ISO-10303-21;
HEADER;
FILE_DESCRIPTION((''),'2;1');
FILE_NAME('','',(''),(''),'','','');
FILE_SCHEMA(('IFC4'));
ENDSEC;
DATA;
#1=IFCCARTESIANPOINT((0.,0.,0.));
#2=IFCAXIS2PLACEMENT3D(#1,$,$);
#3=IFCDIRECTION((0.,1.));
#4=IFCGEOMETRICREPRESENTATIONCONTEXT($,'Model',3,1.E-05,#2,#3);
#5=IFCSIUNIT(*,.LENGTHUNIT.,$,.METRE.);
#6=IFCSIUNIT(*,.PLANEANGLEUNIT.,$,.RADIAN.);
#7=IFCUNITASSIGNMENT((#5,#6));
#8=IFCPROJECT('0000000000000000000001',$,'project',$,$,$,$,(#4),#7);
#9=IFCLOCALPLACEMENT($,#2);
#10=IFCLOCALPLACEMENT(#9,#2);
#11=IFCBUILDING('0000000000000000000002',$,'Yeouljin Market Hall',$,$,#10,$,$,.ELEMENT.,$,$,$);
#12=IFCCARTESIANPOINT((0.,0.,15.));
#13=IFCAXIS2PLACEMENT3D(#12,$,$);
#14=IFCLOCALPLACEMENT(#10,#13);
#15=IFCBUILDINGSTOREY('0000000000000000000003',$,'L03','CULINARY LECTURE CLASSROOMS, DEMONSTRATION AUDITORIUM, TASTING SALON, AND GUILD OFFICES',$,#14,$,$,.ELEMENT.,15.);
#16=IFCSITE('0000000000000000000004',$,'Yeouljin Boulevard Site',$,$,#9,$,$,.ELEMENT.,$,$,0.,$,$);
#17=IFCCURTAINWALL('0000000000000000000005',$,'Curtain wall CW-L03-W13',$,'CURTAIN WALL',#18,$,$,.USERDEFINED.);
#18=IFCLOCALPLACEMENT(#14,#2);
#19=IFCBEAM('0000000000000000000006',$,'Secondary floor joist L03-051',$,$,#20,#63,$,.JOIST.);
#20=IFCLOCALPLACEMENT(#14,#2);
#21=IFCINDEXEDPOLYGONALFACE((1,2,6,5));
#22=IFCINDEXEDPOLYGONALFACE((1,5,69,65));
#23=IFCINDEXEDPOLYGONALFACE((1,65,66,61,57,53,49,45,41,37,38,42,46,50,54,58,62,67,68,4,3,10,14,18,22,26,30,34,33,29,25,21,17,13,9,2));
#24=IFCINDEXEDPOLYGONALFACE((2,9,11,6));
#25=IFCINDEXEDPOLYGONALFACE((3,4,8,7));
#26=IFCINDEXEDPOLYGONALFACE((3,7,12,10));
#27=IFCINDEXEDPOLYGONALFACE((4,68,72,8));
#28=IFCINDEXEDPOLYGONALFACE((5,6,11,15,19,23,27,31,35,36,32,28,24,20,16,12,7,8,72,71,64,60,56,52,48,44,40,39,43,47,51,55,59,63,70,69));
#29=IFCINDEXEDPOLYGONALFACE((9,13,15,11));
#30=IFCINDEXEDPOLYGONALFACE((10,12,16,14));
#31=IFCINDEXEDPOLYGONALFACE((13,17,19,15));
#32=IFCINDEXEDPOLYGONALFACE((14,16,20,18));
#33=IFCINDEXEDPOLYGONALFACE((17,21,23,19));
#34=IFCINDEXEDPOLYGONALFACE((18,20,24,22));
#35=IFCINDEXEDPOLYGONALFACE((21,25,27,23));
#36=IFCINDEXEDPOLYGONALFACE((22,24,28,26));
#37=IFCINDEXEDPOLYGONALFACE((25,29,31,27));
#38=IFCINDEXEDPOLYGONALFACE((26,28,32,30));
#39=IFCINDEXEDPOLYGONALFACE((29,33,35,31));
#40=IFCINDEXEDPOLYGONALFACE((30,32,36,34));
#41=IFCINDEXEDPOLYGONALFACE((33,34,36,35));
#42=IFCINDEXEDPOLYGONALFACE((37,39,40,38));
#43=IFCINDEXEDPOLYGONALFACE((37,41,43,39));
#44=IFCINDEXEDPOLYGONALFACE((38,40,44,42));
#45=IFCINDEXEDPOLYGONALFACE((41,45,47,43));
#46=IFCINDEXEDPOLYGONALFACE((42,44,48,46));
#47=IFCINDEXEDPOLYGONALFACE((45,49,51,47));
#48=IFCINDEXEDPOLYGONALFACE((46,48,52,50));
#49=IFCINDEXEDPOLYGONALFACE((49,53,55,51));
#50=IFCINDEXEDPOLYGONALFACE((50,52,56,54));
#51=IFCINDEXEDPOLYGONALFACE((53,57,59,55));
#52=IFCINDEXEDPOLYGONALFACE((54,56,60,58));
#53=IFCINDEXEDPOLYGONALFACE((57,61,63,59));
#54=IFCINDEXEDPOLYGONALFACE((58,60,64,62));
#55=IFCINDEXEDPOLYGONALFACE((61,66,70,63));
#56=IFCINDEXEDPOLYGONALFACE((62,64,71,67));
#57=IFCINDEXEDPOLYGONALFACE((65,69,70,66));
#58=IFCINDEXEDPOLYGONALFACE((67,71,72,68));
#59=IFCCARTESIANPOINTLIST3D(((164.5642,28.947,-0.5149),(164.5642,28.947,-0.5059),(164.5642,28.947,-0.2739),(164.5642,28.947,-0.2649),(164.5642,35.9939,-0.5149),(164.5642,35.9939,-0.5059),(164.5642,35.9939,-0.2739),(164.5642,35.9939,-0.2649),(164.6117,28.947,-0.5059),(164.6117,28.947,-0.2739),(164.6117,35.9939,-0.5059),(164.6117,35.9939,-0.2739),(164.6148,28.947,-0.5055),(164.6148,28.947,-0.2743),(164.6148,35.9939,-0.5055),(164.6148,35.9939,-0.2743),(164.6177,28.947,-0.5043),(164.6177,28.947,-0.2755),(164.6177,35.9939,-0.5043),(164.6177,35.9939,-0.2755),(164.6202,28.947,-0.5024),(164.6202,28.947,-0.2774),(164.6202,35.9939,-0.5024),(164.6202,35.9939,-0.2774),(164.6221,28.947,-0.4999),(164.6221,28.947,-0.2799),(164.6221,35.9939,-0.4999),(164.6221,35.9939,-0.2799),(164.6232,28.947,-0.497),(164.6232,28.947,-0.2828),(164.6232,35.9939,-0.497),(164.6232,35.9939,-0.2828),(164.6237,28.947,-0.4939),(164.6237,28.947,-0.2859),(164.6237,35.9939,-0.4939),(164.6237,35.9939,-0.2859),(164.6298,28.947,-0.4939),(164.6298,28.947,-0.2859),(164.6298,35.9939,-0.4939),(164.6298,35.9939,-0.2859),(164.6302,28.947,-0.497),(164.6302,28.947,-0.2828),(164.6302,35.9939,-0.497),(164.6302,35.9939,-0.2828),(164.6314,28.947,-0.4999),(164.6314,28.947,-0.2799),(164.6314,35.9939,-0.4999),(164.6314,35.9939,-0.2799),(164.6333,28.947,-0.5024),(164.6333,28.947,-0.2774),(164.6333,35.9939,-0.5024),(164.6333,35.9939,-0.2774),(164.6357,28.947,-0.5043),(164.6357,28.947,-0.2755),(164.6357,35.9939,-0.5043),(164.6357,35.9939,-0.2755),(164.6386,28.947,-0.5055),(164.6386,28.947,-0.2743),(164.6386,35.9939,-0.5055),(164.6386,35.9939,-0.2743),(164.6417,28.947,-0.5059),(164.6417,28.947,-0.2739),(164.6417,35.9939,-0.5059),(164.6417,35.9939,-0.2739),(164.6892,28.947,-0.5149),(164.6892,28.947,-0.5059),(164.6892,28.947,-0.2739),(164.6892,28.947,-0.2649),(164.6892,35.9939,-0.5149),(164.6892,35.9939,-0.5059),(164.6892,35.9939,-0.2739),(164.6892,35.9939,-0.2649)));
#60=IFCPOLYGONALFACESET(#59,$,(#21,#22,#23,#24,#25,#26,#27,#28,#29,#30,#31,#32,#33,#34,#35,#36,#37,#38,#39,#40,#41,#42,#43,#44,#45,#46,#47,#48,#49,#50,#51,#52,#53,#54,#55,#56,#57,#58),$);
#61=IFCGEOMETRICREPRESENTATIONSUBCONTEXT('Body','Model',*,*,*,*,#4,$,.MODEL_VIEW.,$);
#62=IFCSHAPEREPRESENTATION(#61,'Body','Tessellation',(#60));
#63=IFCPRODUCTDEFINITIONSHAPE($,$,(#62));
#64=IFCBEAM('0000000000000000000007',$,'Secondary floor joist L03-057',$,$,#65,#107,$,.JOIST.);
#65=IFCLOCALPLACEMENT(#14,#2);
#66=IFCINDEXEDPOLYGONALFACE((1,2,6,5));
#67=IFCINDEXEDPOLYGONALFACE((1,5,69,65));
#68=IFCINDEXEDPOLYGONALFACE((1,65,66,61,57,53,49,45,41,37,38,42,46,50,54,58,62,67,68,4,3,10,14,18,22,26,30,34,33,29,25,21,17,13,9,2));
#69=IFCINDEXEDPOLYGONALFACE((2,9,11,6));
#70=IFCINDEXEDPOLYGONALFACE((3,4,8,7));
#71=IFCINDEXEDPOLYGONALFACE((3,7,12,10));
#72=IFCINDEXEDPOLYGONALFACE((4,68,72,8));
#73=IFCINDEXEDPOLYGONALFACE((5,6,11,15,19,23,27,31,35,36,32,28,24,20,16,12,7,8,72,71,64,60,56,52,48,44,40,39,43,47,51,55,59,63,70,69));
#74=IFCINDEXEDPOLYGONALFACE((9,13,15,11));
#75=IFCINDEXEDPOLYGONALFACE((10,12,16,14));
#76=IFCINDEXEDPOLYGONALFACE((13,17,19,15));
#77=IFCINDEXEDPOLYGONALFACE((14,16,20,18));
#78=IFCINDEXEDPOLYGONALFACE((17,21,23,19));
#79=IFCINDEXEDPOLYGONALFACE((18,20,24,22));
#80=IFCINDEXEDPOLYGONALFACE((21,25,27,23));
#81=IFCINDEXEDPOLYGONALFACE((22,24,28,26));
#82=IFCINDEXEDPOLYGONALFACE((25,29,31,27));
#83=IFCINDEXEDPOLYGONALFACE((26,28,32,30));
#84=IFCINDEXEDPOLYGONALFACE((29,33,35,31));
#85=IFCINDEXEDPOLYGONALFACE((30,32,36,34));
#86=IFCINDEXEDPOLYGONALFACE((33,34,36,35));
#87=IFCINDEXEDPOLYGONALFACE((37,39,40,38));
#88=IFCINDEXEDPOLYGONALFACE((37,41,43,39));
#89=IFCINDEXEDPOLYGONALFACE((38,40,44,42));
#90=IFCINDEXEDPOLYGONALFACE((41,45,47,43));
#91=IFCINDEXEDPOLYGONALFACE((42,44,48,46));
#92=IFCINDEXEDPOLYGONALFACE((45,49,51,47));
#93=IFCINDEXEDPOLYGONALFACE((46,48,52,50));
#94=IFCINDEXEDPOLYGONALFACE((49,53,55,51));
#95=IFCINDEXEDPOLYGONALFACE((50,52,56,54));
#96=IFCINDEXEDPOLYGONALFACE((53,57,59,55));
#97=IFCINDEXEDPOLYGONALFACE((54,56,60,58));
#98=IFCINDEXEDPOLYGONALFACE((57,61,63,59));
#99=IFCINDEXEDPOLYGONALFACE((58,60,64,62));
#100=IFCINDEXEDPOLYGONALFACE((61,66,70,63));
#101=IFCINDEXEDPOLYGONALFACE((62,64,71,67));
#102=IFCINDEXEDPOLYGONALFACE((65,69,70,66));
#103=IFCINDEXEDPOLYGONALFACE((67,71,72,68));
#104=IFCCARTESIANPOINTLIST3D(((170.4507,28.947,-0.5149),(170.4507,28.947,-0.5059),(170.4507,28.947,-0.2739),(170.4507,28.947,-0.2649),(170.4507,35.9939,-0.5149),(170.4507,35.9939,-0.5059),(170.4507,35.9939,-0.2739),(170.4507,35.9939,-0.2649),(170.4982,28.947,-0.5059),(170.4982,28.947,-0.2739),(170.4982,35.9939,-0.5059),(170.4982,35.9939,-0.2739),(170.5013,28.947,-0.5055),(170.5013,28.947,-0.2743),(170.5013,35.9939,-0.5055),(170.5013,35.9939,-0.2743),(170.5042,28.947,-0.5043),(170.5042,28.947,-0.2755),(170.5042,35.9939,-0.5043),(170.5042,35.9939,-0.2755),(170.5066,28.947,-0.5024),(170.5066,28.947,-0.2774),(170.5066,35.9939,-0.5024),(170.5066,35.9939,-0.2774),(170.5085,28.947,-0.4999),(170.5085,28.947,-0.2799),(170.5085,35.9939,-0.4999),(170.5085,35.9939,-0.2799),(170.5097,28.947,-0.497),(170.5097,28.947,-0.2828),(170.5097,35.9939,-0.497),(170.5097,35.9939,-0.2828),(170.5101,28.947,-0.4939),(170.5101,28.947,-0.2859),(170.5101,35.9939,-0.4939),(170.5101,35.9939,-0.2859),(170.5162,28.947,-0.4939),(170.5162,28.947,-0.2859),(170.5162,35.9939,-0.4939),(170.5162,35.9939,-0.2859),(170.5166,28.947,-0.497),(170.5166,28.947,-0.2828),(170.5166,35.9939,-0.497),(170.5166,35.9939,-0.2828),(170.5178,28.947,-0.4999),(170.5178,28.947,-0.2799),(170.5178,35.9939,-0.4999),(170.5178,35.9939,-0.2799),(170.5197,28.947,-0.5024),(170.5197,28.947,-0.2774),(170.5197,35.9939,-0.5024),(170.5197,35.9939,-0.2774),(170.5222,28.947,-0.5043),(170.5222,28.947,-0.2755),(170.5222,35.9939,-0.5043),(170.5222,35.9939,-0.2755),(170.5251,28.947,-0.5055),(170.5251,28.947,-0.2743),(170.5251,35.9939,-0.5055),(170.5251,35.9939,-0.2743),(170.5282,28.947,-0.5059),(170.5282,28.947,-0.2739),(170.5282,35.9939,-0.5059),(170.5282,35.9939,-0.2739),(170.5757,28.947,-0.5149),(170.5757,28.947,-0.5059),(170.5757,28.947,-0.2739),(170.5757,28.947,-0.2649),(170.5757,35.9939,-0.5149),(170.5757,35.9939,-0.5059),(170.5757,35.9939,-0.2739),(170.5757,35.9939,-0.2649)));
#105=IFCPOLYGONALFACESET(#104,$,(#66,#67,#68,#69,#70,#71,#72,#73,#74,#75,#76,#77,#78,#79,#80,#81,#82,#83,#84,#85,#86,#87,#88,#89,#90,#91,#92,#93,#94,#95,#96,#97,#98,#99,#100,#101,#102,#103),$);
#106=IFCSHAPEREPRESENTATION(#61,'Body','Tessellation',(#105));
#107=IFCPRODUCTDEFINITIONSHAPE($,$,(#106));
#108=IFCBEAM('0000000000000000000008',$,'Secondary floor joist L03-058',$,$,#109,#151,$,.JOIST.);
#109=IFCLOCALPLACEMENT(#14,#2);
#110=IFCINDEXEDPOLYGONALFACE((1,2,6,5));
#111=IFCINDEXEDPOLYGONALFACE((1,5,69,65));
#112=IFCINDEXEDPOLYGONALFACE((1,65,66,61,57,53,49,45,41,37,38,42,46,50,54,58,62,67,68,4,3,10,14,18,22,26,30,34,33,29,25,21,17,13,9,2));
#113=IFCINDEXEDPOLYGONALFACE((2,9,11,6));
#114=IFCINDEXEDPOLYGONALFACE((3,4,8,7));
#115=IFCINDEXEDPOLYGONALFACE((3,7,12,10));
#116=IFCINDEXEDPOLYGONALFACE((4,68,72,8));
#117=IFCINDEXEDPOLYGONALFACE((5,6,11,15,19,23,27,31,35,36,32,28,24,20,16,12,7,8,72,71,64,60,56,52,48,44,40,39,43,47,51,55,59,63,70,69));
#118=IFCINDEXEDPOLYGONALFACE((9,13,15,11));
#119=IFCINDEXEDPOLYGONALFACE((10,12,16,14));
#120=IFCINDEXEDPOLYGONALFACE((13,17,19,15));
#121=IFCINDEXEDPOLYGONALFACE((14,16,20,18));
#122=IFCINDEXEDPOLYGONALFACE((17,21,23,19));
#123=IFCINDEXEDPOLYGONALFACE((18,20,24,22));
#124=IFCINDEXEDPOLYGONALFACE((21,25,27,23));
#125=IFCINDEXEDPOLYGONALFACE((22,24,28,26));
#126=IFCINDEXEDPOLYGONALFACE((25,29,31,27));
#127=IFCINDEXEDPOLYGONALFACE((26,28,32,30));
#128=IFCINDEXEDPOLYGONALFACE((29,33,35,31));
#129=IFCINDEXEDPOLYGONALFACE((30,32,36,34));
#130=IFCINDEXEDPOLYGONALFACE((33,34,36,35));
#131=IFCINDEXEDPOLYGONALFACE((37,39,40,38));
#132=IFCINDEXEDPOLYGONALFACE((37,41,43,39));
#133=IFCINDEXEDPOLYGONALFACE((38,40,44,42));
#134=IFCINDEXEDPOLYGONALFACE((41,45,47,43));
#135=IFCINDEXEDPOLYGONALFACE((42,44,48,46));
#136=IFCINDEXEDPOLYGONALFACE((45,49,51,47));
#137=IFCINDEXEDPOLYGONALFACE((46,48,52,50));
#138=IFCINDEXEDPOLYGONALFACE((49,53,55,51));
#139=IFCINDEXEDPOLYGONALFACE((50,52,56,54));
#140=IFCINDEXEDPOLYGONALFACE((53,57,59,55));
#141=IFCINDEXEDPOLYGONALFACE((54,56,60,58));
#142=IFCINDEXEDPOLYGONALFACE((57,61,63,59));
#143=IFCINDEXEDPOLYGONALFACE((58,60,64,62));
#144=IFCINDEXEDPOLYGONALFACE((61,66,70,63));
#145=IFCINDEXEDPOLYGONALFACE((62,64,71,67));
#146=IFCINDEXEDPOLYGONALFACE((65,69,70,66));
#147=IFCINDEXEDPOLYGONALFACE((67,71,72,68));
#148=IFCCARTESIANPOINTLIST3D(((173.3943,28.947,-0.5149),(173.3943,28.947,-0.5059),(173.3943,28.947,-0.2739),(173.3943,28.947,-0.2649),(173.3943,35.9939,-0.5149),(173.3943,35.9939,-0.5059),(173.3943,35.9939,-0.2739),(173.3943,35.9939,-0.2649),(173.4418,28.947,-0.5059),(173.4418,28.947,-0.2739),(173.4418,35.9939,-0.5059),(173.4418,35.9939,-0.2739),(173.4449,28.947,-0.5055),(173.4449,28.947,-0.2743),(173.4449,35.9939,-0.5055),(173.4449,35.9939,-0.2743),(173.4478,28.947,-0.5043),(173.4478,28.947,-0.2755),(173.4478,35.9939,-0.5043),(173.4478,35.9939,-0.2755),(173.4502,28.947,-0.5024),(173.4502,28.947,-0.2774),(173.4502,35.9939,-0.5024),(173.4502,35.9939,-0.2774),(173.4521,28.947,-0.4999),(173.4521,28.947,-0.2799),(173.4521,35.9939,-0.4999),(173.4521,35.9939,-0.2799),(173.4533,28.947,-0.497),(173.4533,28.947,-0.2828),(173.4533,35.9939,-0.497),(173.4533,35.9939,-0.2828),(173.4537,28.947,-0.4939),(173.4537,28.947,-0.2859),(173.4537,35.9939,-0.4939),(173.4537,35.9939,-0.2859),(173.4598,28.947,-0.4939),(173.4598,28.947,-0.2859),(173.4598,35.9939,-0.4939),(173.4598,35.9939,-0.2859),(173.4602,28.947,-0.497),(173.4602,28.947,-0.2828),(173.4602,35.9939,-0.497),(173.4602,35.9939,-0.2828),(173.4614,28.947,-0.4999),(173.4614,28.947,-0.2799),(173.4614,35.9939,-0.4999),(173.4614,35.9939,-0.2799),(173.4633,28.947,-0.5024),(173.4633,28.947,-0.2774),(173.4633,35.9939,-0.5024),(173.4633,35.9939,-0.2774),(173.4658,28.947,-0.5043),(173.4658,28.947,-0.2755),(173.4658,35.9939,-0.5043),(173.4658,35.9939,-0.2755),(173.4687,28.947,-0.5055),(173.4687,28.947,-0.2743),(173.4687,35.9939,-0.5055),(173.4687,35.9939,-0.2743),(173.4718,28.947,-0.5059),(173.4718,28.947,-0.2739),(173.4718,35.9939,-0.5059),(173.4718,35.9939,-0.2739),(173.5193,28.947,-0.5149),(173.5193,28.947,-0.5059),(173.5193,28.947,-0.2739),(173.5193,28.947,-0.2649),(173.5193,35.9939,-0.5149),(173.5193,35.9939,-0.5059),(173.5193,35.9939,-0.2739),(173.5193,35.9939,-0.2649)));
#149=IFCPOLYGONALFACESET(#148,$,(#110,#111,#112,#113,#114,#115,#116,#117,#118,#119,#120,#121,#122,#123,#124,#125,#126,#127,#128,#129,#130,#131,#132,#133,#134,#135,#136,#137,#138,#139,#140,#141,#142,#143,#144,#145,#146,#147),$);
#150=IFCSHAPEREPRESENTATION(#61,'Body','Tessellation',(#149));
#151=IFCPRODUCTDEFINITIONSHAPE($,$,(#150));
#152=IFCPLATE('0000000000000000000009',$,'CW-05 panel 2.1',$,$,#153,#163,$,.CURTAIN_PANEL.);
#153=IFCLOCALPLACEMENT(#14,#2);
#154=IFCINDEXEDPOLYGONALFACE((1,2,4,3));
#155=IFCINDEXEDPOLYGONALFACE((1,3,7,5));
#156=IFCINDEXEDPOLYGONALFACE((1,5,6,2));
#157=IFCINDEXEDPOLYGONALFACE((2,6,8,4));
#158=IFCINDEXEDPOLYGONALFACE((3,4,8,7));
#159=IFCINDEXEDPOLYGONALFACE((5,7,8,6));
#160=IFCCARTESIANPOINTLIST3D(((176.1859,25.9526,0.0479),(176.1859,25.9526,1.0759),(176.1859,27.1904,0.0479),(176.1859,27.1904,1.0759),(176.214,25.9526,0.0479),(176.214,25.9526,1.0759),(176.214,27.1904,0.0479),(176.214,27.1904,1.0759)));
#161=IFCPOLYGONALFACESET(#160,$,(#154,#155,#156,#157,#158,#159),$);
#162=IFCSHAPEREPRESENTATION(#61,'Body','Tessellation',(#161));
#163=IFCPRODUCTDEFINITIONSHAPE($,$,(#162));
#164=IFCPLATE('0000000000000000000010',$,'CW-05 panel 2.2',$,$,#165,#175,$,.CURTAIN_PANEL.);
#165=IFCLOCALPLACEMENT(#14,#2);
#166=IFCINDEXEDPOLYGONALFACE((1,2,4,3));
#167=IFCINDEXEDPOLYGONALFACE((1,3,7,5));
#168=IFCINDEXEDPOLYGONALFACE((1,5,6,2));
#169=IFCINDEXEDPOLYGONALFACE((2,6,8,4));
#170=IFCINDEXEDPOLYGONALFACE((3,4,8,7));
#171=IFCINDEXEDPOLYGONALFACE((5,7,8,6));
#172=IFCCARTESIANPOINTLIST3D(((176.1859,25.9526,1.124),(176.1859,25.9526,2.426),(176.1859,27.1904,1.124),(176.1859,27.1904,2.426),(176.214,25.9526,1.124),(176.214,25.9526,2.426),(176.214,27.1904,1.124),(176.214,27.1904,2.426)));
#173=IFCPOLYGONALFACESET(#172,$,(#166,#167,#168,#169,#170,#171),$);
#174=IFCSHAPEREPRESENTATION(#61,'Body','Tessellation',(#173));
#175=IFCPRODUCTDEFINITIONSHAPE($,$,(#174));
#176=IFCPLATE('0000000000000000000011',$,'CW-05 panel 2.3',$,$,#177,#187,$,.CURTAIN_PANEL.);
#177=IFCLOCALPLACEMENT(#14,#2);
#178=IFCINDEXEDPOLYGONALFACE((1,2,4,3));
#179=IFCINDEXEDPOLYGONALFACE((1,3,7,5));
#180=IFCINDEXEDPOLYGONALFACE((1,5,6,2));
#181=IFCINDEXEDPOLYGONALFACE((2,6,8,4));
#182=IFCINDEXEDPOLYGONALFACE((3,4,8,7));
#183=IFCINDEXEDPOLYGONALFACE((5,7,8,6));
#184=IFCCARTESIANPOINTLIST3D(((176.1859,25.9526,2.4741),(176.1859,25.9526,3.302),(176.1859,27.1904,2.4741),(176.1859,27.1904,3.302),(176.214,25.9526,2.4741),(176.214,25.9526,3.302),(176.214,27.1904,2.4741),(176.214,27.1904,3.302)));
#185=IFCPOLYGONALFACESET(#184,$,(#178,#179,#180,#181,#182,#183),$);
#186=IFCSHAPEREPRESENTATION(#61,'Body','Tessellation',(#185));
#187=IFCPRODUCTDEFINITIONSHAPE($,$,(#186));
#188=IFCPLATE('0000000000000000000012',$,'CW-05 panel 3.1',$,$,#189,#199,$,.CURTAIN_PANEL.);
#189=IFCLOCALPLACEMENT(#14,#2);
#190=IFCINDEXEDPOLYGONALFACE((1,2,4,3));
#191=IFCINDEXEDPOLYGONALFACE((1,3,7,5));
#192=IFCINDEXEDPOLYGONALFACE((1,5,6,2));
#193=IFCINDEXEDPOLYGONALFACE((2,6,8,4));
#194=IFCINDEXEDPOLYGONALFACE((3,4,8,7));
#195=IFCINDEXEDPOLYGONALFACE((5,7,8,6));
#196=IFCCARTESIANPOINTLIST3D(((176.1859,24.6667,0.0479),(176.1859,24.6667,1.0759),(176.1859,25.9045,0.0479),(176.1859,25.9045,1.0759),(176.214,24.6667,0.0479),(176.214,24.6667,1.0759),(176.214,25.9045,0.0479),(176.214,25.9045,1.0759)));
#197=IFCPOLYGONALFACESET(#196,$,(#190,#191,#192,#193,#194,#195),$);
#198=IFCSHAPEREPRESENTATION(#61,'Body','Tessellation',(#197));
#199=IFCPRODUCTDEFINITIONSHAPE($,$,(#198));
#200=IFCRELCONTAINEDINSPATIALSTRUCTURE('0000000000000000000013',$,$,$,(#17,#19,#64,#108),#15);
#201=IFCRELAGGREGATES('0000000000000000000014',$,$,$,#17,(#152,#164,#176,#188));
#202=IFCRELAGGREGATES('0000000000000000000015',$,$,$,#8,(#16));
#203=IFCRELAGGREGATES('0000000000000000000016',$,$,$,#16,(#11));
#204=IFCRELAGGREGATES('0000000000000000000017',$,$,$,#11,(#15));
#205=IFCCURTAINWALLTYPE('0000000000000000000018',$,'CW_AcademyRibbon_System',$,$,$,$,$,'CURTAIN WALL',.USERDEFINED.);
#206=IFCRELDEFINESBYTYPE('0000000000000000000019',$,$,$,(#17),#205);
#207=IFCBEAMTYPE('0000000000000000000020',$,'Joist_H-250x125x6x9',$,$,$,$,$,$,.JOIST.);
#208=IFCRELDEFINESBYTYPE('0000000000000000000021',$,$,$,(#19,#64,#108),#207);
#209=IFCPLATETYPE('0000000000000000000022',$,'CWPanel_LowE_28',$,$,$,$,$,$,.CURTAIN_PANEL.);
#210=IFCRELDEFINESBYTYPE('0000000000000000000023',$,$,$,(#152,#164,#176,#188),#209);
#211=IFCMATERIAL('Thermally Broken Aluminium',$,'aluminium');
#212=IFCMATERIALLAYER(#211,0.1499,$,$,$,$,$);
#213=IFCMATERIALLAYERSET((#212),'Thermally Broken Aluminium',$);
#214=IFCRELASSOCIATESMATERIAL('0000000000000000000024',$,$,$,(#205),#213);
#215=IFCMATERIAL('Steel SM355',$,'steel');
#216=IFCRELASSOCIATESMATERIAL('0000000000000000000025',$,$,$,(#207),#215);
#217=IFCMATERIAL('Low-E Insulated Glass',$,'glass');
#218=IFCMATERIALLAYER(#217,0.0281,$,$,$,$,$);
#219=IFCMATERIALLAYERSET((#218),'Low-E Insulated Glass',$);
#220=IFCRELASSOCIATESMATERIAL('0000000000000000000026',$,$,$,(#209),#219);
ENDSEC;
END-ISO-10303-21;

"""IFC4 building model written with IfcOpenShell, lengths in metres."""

from ifc_helpers import new_model, si_unit, direction, frame, origin, origin_2d, place, context, subcontext, project, spatial, rectangle, i_section, extrude, material, layer, layer_set, material_profile, profile_set, type_object, element, aggregate, save


model = new_model("IFC4")

# Units and contexts
model_context = context("Model", 3, precision=1e-05, world=origin(), true_north=direction((0.0, 1.0)))
body_context = subcontext(model_context, "Body", "Model", "MODEL_VIEW")
ifc_project = project(units=[si_unit("LENGTHUNIT", "METRE"), si_unit("PLANEANGLEUNIT", "RADIAN")], contexts=[model_context])

# Site, building, storey
site_placement = place(None, origin())
site = spatial("IfcSite", under=ifc_project, at=site_placement, Name="Yeouljin Boulevard Site", CompositionType="ELEMENT", RefElevation=0.0)
building_placement = place(site_placement, origin())
building = spatial("IfcBuilding", under=site, at=building_placement, Name="Yeouljin Market Hall", CompositionType="ELEMENT")
storey_placement = place(building_placement, frame((0.0, 0.0, 15.0)))
storey = spatial("IfcBuildingStorey", under=building, at=storey_placement, Name="L03", Description="CULINARY LECTURE CLASSROOMS, DEMONSTRATION AUDITORIUM, TASTING SALON, AND GUILD OFFICES", CompositionType="ELEMENT", Elevation=15.0)

# Curtain wall
ifc_material_1 = material(Name="Thermally Broken Aluminium", Category="aluminium")
ifc_layer_1 = layer(ifc_material_1, 0.1499)
ifc_layer_set_1 = layer_set([ifc_layer_1], Name="Thermally Broken Aluminium")
curtain_wall_type = type_object("IfcCurtainWallType", Name="CW_AcademyRibbon_System", ElementType="CURTAIN WALL", PredefinedType="USERDEFINED", material=ifc_layer_set_1)
curtain_wall_placement = place(storey_placement, origin())
curtain_wall = element("IfcCurtainWall", 1, at=curtain_wall_placement, inside=storey, type_object=curtain_wall_type, Name="Curtain wall CW-L03-W13", ObjectType="CURTAIN WALL", PredefinedType="USERDEFINED")

# Beams
ifc_material_2 = material(Name="Steel SM355", Category="steel")
ifc_material_profile_1 = material_profile(ifc_material_2, i_section(OverallWidth=0.125, OverallDepth=0.25, WebThickness=0.0061, FlangeThickness=0.009, FilletRadius=0.012, at=origin_2d()), Name="H-250x125x6x9")
ifc_profile_set_1 = profile_set([ifc_material_profile_1], Name="Steel SM355")
beam_type_1 = type_object("IfcBeamType", Name="Joist_H-250x125x6x9", PredefinedType="JOIST", material=ifc_profile_set_1)
for number, where, z_axis, x_axis, name in (
    (2, (164.6267, 28.947, -0.3899), (0.0, 1.0, 0.0), (-1.0, 0.0, 0.0), "Secondary floor joist L03-051"),
    (3, (170.5132, 28.947, -0.3899), (0.0, 1.0, 0.0), (-1.0, 0.0, 0.0), "Secondary floor joist L03-057"),
    (4, (173.4568, 28.947, -0.3899), (0.0, 1.0, 0.0), (-1.0, 0.0, 0.0), "Secondary floor joist L03-058"),
):
    element("IfcBeam", number, at=place(storey_placement, frame(where, z_axis=z_axis, x_axis=x_axis)), inside=storey, type_object=beam_type_1, Name=name, PredefinedType="JOIST", context=body_context, shape_type="SweptSolid", body=[
        extrude(i_section(OverallWidth=0.125, OverallDepth=0.25, WebThickness=0.0061, FlangeThickness=0.009, FilletRadius=0.012, at=origin_2d()), origin(), (0.0, 0.0, 1.0), 7.0469),
    ])

# Plates
ifc_material_3 = material(Name="Low-E Insulated Glass", Category="glass")
ifc_layer_2 = layer(ifc_material_3, 0.0281)
ifc_layer_set_2 = layer_set([ifc_layer_2], Name="Low-E Insulated Glass")
plate_type = type_object("IfcPlateType", Name="CWPanel_LowE_28", PredefinedType="CURTAIN_PANEL", material=ifc_layer_set_2)
plate_1_placement = place(storey_placement, frame((176.2, 26.5715, 0.0479), z_axis=(0.0, 0.0, 1.0), x_axis=(0.0, -1.0, 0.0)))
plate_1 = element("IfcPlate", 5, at=plate_1_placement, type_object=plate_type, Name="CW-05 panel 2.1", PredefinedType="CURTAIN_PANEL", context=body_context, shape_type="SweptSolid", body=[
    extrude(rectangle(XDim=1.2378, YDim=0.0281, at=origin_2d()), origin(), (0.0, 0.0, 1.0), 1.0281),
])
plate_2_placement = place(storey_placement, frame((176.2, 26.5715, 1.124), z_axis=(0.0, 0.0, 1.0), x_axis=(0.0, -1.0, 0.0)))
plate_2 = element("IfcPlate", 6, at=plate_2_placement, type_object=plate_type, Name="CW-05 panel 2.2", PredefinedType="CURTAIN_PANEL", context=body_context, shape_type="SweptSolid", body=[
    extrude(rectangle(XDim=1.2378, YDim=0.0281, at=origin_2d()), origin(), (0.0, 0.0, 1.0), 1.302),
])
plate_3_placement = place(storey_placement, frame((176.2, 26.5715, 2.4741), z_axis=(0.0, 0.0, 1.0), x_axis=(0.0, -1.0, 0.0)))
plate_3 = element("IfcPlate", 7, at=plate_3_placement, type_object=plate_type, Name="CW-05 panel 2.3", PredefinedType="CURTAIN_PANEL", context=body_context, shape_type="SweptSolid", body=[
    extrude(rectangle(XDim=1.2378, YDim=0.0281, at=origin_2d()), origin(), (0.0, 0.0, 1.0), 0.8279),
])
plate_4_placement = place(storey_placement, frame((176.2, 25.2856, 0.0479), z_axis=(0.0, 0.0, 1.0), x_axis=(0.0, -1.0, 0.0)))
plate_4 = element("IfcPlate", 8, at=plate_4_placement, type_object=plate_type, Name="CW-05 panel 3.1", PredefinedType="CURTAIN_PANEL", context=body_context, shape_type="SweptSolid", body=[
    extrude(rectangle(XDim=1.2378, YDim=0.0281, at=origin_2d()), origin(), (0.0, 0.0, 1.0), 1.0281),
])
aggregate(curtain_wall, [plate_1, plate_2, plate_3, plate_4])

save(model, "model.ifc")
